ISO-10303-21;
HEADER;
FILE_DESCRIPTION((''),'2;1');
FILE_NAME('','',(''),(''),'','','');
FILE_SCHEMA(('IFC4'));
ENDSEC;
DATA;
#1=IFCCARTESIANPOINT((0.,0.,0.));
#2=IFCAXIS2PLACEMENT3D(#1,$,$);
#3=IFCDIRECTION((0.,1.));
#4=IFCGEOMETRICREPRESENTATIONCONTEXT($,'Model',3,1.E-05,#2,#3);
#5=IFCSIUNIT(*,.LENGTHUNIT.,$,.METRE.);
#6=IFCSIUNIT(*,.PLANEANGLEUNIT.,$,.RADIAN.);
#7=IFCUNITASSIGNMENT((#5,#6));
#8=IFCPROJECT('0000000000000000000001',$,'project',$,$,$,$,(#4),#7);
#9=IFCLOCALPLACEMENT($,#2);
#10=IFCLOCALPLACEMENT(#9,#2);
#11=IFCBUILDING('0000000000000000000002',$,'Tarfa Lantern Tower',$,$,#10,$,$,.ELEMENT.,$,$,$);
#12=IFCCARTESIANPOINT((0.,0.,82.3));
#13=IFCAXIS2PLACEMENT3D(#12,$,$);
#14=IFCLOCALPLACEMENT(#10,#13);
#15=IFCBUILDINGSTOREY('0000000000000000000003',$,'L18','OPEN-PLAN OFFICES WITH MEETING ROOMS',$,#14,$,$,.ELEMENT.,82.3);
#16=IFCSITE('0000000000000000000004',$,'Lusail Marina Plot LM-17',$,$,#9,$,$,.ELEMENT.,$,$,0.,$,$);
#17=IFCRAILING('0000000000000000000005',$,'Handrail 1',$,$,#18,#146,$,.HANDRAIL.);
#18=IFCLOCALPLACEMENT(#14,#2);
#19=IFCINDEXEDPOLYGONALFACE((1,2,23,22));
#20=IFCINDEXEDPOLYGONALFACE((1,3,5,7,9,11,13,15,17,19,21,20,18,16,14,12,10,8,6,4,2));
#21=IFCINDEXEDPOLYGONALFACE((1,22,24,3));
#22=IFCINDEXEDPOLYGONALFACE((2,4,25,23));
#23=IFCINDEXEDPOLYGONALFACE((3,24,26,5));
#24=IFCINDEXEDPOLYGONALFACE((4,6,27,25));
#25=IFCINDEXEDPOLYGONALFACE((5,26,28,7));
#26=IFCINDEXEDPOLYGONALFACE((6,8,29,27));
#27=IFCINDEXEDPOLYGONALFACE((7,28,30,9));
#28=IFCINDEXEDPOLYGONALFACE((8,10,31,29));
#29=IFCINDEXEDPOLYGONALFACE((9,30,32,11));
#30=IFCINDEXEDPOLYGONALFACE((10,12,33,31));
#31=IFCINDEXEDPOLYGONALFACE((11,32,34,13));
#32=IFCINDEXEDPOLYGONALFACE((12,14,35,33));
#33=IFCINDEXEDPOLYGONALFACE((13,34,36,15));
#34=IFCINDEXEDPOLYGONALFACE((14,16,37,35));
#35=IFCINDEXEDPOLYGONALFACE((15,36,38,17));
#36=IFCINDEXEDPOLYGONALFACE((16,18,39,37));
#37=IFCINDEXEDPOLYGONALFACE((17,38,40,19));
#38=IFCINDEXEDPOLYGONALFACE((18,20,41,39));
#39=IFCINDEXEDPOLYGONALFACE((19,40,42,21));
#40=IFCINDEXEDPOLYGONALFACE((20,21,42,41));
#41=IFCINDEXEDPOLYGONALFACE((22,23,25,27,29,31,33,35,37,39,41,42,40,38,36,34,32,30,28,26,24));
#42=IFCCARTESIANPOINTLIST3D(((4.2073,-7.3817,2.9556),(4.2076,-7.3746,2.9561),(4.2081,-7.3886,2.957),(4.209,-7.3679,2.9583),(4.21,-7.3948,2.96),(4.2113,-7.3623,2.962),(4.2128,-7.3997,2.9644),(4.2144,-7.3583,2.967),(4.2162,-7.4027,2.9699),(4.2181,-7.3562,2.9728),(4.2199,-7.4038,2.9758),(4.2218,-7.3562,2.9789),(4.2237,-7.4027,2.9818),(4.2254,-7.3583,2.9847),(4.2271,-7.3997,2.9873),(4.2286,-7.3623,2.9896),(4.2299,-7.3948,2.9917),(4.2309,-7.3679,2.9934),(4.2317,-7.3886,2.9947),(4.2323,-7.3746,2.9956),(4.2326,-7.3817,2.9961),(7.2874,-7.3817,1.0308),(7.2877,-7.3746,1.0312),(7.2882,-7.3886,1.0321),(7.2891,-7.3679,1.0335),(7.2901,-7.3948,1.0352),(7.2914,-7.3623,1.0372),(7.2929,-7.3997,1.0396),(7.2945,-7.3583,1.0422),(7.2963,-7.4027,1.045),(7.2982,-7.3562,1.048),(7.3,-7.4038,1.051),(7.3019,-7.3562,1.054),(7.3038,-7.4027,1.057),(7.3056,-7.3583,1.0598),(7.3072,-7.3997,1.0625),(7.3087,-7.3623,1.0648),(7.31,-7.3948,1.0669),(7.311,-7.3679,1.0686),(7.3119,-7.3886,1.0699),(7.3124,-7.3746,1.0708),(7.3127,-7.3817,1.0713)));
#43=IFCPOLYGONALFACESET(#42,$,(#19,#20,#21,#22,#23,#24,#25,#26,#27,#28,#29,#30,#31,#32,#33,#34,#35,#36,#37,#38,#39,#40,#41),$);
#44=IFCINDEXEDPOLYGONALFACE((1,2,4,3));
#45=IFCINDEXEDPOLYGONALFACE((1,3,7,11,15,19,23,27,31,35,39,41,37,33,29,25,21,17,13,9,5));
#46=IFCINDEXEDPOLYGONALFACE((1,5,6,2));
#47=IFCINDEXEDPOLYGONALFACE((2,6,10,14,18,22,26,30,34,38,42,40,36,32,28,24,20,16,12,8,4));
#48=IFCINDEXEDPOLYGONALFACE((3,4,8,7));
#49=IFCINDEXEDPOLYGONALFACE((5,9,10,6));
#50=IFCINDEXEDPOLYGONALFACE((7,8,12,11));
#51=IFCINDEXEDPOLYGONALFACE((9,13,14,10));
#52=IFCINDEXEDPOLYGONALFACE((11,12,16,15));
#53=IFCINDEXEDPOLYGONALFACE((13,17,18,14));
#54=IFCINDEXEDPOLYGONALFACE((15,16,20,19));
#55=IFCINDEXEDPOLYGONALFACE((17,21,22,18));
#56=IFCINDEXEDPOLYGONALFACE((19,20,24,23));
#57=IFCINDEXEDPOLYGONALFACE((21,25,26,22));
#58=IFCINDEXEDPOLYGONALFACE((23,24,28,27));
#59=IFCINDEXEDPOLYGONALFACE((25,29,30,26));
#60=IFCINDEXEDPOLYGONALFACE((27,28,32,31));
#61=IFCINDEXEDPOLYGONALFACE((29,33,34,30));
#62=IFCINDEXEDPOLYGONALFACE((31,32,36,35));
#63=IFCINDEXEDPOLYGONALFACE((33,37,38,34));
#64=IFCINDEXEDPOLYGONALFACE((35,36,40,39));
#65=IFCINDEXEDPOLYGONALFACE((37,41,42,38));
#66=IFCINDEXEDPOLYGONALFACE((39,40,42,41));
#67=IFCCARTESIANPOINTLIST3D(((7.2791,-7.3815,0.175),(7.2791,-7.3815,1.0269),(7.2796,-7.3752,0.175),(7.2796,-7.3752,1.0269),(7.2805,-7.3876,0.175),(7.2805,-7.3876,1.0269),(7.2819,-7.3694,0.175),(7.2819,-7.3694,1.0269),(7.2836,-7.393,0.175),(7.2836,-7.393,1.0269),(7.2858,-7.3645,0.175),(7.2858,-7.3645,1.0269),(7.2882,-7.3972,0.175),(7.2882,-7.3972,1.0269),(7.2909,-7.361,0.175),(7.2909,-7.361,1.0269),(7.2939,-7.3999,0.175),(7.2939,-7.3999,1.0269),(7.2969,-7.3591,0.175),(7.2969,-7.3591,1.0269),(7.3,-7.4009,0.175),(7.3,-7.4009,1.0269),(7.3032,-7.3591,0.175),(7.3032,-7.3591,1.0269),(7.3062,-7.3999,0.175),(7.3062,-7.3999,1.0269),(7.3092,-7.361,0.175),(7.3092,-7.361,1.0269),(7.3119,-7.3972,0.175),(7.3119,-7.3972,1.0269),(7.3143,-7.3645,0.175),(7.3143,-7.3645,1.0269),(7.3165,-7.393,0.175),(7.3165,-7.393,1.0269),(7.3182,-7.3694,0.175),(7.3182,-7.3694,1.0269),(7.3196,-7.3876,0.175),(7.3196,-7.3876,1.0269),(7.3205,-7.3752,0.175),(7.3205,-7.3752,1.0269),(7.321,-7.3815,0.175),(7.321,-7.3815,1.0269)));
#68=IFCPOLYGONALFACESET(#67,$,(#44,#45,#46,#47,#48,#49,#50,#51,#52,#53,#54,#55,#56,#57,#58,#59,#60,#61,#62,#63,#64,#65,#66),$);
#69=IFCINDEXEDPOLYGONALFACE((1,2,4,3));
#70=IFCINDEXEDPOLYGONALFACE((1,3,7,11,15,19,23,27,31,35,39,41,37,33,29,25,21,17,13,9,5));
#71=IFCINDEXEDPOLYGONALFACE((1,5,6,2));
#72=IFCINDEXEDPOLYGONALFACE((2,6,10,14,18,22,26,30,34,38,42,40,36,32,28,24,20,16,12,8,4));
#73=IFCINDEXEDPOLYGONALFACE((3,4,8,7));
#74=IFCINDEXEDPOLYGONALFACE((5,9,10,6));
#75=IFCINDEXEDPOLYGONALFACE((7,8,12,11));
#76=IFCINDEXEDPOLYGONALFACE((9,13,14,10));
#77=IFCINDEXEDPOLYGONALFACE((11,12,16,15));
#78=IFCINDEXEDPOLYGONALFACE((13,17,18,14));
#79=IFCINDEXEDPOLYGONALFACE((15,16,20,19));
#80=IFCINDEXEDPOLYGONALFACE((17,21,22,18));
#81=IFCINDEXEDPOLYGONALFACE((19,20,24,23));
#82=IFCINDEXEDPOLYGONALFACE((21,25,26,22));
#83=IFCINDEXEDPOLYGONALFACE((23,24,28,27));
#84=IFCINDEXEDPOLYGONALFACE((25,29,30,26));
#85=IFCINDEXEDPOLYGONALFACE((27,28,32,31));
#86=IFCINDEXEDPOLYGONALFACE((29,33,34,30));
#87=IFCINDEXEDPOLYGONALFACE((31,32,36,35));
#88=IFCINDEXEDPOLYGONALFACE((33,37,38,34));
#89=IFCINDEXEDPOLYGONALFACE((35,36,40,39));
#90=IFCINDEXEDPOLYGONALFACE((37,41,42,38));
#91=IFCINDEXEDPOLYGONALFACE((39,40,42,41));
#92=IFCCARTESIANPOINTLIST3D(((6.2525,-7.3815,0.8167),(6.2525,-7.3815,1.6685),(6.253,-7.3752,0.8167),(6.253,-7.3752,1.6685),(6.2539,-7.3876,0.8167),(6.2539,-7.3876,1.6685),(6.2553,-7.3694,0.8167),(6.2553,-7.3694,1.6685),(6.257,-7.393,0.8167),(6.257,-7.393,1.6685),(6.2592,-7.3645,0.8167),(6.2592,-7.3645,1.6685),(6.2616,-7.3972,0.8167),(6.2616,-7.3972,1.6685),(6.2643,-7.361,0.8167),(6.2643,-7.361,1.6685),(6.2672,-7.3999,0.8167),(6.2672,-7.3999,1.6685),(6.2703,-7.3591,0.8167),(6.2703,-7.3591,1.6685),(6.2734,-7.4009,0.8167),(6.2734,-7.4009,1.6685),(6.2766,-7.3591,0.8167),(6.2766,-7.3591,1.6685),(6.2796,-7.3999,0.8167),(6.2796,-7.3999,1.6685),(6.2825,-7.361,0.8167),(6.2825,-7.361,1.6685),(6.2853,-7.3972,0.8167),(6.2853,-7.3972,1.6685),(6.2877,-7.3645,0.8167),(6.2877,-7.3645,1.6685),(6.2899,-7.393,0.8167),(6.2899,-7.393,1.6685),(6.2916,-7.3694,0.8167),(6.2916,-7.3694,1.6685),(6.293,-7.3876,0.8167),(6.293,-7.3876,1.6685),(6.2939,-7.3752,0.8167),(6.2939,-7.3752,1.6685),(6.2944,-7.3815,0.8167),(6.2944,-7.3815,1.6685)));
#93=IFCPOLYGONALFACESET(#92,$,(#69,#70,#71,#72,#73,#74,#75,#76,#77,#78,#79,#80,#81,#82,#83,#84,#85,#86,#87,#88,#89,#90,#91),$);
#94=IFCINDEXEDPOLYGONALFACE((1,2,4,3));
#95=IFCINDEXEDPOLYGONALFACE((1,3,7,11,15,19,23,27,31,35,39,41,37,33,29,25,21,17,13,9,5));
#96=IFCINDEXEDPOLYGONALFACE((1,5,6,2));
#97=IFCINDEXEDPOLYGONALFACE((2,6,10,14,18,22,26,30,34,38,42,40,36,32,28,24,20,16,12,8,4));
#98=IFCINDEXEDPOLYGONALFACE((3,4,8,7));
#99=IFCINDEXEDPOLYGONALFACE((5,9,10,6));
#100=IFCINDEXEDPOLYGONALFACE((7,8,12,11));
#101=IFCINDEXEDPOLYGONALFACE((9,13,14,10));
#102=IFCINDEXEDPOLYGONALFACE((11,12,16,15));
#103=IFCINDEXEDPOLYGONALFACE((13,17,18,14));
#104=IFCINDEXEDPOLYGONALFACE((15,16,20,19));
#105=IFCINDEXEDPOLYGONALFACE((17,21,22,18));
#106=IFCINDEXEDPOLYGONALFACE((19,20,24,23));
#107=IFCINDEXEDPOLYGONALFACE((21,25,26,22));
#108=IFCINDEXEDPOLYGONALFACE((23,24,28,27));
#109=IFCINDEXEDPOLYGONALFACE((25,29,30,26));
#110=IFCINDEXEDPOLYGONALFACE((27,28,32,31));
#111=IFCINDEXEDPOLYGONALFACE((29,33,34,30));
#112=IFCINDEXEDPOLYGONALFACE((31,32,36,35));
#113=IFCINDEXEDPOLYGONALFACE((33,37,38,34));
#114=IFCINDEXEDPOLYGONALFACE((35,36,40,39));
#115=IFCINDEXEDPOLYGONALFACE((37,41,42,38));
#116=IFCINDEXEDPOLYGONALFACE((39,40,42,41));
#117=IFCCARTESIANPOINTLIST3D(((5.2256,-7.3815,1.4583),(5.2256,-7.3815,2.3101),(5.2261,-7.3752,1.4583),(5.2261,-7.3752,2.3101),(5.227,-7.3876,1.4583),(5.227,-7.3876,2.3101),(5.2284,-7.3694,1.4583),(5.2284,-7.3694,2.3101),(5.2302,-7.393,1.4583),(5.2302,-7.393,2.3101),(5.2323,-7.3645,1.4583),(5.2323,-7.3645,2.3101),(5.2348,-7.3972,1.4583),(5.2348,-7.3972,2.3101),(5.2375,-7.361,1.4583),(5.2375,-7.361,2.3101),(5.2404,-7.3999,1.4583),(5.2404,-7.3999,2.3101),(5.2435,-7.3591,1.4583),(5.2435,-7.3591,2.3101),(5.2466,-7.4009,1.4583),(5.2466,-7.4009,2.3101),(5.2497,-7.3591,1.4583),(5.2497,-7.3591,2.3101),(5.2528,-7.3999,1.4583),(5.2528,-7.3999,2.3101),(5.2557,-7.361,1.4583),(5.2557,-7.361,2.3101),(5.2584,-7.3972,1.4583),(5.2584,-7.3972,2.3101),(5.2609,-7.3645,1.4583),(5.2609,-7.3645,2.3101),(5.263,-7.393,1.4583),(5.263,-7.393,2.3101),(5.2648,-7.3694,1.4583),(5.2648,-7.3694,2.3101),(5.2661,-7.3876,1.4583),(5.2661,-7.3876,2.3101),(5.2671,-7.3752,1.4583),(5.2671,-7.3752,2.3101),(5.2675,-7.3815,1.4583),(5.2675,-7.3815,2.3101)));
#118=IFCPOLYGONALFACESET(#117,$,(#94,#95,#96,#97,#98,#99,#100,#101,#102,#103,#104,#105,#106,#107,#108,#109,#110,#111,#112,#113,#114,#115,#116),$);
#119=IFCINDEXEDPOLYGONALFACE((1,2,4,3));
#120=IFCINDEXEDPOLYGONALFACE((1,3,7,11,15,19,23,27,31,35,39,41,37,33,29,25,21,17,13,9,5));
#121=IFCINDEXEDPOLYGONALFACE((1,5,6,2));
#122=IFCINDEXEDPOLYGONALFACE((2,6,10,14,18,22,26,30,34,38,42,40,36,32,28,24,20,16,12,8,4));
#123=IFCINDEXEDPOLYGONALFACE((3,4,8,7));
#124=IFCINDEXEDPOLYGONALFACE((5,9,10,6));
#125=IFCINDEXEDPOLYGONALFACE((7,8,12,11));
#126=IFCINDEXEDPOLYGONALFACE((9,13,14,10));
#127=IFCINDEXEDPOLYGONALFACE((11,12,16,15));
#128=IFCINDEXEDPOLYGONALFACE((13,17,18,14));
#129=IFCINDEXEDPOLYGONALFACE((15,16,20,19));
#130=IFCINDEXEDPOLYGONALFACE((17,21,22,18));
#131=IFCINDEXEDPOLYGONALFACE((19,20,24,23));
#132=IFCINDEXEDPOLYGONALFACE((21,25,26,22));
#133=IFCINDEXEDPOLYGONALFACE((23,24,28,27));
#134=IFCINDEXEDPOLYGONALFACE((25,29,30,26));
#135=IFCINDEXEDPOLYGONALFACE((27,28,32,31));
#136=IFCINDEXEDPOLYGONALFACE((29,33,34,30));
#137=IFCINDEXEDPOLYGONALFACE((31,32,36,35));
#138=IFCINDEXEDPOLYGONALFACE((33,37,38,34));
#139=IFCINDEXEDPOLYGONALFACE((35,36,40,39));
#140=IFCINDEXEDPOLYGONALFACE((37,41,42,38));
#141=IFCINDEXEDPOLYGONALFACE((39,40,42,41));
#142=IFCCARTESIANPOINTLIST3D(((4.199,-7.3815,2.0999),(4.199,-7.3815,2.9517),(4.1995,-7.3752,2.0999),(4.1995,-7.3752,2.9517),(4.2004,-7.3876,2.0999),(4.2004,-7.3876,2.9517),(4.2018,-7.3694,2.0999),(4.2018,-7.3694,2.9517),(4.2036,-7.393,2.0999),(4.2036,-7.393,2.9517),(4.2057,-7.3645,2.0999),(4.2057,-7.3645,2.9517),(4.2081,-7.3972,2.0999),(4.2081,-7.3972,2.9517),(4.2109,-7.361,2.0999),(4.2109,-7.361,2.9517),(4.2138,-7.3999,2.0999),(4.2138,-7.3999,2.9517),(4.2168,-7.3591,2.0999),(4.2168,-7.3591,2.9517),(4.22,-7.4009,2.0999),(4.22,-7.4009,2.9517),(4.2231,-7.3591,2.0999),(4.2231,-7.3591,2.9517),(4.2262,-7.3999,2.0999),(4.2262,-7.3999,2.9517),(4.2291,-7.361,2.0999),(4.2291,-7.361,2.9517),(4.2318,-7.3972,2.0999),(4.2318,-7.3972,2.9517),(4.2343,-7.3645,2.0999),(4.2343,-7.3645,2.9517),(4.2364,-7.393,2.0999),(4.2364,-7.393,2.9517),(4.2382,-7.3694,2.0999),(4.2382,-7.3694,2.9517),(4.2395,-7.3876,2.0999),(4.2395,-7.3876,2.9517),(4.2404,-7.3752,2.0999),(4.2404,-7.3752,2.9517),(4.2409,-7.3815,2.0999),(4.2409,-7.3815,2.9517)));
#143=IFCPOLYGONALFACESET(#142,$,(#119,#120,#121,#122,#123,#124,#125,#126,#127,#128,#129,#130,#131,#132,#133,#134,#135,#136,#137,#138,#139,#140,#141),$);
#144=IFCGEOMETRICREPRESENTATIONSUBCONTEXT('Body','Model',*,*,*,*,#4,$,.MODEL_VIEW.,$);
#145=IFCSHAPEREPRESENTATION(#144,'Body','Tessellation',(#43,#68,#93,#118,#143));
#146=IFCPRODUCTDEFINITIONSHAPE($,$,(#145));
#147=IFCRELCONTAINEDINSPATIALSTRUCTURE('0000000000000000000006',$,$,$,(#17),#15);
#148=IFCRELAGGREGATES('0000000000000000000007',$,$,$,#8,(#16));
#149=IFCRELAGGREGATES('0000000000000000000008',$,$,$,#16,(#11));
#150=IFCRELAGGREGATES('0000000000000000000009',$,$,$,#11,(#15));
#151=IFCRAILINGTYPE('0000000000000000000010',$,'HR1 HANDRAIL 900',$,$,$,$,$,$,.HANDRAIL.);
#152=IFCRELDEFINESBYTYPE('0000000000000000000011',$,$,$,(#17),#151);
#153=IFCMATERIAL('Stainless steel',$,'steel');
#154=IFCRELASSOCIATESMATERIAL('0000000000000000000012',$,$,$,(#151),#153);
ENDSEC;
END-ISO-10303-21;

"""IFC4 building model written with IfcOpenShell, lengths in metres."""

from ifc_helpers import new_model, si_unit, direction, frame, origin, origin_2d, place, context, subcontext, project, spatial, circle, extrude, material, type_object, element, save


model = new_model("IFC4")

# Units and contexts
model_context = context("Model", 3, precision=1e-05, world=origin(), true_north=direction((0.0, 1.0)))
body_context = subcontext(model_context, "Body", "Model", "MODEL_VIEW")
ifc_project = project(units=[si_unit("LENGTHUNIT", "METRE"), si_unit("PLANEANGLEUNIT", "RADIAN")], contexts=[model_context])

# Site, building, storey
site_placement = place(None, origin())
site = spatial("IfcSite", under=ifc_project, at=site_placement, Name="Lusail Marina Plot LM-17", CompositionType="ELEMENT", RefElevation=0.0)
building_placement = place(site_placement, origin())
building = spatial("IfcBuilding", under=site, at=building_placement, Name="Tarfa Lantern Tower", CompositionType="ELEMENT")
storey_placement = place(building_placement, frame((0.0, 0.0, 82.3)))
storey = spatial("IfcBuildingStorey", under=building, at=storey_placement, Name="L18", Description="OPEN-PLAN OFFICES WITH MEETING ROOMS", CompositionType="ELEMENT", Elevation=82.3)

# Railing
ifc_material_1 = material(Name="Stainless steel", Category="steel")
railing_type = type_object("IfcRailingType", Name="HR1 HANDRAIL 900", PredefinedType="HANDRAIL", material=ifc_material_1)
railing_1_placement = place(storey_placement, frame((7.3, -7.3799, 0.175)))
element("IfcRailing", 1, at=railing_1_placement, inside=storey, type_object=railing_type, Name="Handrail 1", PredefinedType="HANDRAIL", context=body_context, shape_type="SweptSolid", body=[
    extrude(circle(Radius=0.0239, at=origin_2d()), frame((0.0, 0.0, 0.876), z_axis=(-0.848029, 0.0, 0.529951), x_axis=(0.0, -1.0, 0.0)), (0.0, 0.0, 1.0), 3.6321),
    extrude(circle(Radius=0.021, at=origin_2d()), frame((0.0, 0.0, 0.0), z_axis=(0.0, 0.0, 1.0), x_axis=(0.0, -1.0, 0.0)), (0.0, 0.0, 1.0), 0.8518),
    extrude(circle(Radius=0.021, at=origin_2d()), frame((-1.0266, 0.0, 0.6416), z_axis=(0.0, 0.0, 1.0), x_axis=(0.0, -1.0, 0.0)), (0.0, 0.0, 1.0), 0.8518),
    extrude(circle(Radius=0.021, at=origin_2d()), frame((-2.0535, 0.0, 1.2832), z_axis=(0.0, 0.0, 1.0), x_axis=(0.0, -1.0, 0.0)), (0.0, 0.0, 1.0), 0.8518),
    extrude(circle(Radius=0.021, at=origin_2d()), frame((-3.0801, 0.0, 1.9248), z_axis=(0.0, 0.0, 1.0), x_axis=(0.0, -1.0, 0.0)), (0.0, 0.0, 1.0), 0.8518),
])

save(model, "model.ifc")
